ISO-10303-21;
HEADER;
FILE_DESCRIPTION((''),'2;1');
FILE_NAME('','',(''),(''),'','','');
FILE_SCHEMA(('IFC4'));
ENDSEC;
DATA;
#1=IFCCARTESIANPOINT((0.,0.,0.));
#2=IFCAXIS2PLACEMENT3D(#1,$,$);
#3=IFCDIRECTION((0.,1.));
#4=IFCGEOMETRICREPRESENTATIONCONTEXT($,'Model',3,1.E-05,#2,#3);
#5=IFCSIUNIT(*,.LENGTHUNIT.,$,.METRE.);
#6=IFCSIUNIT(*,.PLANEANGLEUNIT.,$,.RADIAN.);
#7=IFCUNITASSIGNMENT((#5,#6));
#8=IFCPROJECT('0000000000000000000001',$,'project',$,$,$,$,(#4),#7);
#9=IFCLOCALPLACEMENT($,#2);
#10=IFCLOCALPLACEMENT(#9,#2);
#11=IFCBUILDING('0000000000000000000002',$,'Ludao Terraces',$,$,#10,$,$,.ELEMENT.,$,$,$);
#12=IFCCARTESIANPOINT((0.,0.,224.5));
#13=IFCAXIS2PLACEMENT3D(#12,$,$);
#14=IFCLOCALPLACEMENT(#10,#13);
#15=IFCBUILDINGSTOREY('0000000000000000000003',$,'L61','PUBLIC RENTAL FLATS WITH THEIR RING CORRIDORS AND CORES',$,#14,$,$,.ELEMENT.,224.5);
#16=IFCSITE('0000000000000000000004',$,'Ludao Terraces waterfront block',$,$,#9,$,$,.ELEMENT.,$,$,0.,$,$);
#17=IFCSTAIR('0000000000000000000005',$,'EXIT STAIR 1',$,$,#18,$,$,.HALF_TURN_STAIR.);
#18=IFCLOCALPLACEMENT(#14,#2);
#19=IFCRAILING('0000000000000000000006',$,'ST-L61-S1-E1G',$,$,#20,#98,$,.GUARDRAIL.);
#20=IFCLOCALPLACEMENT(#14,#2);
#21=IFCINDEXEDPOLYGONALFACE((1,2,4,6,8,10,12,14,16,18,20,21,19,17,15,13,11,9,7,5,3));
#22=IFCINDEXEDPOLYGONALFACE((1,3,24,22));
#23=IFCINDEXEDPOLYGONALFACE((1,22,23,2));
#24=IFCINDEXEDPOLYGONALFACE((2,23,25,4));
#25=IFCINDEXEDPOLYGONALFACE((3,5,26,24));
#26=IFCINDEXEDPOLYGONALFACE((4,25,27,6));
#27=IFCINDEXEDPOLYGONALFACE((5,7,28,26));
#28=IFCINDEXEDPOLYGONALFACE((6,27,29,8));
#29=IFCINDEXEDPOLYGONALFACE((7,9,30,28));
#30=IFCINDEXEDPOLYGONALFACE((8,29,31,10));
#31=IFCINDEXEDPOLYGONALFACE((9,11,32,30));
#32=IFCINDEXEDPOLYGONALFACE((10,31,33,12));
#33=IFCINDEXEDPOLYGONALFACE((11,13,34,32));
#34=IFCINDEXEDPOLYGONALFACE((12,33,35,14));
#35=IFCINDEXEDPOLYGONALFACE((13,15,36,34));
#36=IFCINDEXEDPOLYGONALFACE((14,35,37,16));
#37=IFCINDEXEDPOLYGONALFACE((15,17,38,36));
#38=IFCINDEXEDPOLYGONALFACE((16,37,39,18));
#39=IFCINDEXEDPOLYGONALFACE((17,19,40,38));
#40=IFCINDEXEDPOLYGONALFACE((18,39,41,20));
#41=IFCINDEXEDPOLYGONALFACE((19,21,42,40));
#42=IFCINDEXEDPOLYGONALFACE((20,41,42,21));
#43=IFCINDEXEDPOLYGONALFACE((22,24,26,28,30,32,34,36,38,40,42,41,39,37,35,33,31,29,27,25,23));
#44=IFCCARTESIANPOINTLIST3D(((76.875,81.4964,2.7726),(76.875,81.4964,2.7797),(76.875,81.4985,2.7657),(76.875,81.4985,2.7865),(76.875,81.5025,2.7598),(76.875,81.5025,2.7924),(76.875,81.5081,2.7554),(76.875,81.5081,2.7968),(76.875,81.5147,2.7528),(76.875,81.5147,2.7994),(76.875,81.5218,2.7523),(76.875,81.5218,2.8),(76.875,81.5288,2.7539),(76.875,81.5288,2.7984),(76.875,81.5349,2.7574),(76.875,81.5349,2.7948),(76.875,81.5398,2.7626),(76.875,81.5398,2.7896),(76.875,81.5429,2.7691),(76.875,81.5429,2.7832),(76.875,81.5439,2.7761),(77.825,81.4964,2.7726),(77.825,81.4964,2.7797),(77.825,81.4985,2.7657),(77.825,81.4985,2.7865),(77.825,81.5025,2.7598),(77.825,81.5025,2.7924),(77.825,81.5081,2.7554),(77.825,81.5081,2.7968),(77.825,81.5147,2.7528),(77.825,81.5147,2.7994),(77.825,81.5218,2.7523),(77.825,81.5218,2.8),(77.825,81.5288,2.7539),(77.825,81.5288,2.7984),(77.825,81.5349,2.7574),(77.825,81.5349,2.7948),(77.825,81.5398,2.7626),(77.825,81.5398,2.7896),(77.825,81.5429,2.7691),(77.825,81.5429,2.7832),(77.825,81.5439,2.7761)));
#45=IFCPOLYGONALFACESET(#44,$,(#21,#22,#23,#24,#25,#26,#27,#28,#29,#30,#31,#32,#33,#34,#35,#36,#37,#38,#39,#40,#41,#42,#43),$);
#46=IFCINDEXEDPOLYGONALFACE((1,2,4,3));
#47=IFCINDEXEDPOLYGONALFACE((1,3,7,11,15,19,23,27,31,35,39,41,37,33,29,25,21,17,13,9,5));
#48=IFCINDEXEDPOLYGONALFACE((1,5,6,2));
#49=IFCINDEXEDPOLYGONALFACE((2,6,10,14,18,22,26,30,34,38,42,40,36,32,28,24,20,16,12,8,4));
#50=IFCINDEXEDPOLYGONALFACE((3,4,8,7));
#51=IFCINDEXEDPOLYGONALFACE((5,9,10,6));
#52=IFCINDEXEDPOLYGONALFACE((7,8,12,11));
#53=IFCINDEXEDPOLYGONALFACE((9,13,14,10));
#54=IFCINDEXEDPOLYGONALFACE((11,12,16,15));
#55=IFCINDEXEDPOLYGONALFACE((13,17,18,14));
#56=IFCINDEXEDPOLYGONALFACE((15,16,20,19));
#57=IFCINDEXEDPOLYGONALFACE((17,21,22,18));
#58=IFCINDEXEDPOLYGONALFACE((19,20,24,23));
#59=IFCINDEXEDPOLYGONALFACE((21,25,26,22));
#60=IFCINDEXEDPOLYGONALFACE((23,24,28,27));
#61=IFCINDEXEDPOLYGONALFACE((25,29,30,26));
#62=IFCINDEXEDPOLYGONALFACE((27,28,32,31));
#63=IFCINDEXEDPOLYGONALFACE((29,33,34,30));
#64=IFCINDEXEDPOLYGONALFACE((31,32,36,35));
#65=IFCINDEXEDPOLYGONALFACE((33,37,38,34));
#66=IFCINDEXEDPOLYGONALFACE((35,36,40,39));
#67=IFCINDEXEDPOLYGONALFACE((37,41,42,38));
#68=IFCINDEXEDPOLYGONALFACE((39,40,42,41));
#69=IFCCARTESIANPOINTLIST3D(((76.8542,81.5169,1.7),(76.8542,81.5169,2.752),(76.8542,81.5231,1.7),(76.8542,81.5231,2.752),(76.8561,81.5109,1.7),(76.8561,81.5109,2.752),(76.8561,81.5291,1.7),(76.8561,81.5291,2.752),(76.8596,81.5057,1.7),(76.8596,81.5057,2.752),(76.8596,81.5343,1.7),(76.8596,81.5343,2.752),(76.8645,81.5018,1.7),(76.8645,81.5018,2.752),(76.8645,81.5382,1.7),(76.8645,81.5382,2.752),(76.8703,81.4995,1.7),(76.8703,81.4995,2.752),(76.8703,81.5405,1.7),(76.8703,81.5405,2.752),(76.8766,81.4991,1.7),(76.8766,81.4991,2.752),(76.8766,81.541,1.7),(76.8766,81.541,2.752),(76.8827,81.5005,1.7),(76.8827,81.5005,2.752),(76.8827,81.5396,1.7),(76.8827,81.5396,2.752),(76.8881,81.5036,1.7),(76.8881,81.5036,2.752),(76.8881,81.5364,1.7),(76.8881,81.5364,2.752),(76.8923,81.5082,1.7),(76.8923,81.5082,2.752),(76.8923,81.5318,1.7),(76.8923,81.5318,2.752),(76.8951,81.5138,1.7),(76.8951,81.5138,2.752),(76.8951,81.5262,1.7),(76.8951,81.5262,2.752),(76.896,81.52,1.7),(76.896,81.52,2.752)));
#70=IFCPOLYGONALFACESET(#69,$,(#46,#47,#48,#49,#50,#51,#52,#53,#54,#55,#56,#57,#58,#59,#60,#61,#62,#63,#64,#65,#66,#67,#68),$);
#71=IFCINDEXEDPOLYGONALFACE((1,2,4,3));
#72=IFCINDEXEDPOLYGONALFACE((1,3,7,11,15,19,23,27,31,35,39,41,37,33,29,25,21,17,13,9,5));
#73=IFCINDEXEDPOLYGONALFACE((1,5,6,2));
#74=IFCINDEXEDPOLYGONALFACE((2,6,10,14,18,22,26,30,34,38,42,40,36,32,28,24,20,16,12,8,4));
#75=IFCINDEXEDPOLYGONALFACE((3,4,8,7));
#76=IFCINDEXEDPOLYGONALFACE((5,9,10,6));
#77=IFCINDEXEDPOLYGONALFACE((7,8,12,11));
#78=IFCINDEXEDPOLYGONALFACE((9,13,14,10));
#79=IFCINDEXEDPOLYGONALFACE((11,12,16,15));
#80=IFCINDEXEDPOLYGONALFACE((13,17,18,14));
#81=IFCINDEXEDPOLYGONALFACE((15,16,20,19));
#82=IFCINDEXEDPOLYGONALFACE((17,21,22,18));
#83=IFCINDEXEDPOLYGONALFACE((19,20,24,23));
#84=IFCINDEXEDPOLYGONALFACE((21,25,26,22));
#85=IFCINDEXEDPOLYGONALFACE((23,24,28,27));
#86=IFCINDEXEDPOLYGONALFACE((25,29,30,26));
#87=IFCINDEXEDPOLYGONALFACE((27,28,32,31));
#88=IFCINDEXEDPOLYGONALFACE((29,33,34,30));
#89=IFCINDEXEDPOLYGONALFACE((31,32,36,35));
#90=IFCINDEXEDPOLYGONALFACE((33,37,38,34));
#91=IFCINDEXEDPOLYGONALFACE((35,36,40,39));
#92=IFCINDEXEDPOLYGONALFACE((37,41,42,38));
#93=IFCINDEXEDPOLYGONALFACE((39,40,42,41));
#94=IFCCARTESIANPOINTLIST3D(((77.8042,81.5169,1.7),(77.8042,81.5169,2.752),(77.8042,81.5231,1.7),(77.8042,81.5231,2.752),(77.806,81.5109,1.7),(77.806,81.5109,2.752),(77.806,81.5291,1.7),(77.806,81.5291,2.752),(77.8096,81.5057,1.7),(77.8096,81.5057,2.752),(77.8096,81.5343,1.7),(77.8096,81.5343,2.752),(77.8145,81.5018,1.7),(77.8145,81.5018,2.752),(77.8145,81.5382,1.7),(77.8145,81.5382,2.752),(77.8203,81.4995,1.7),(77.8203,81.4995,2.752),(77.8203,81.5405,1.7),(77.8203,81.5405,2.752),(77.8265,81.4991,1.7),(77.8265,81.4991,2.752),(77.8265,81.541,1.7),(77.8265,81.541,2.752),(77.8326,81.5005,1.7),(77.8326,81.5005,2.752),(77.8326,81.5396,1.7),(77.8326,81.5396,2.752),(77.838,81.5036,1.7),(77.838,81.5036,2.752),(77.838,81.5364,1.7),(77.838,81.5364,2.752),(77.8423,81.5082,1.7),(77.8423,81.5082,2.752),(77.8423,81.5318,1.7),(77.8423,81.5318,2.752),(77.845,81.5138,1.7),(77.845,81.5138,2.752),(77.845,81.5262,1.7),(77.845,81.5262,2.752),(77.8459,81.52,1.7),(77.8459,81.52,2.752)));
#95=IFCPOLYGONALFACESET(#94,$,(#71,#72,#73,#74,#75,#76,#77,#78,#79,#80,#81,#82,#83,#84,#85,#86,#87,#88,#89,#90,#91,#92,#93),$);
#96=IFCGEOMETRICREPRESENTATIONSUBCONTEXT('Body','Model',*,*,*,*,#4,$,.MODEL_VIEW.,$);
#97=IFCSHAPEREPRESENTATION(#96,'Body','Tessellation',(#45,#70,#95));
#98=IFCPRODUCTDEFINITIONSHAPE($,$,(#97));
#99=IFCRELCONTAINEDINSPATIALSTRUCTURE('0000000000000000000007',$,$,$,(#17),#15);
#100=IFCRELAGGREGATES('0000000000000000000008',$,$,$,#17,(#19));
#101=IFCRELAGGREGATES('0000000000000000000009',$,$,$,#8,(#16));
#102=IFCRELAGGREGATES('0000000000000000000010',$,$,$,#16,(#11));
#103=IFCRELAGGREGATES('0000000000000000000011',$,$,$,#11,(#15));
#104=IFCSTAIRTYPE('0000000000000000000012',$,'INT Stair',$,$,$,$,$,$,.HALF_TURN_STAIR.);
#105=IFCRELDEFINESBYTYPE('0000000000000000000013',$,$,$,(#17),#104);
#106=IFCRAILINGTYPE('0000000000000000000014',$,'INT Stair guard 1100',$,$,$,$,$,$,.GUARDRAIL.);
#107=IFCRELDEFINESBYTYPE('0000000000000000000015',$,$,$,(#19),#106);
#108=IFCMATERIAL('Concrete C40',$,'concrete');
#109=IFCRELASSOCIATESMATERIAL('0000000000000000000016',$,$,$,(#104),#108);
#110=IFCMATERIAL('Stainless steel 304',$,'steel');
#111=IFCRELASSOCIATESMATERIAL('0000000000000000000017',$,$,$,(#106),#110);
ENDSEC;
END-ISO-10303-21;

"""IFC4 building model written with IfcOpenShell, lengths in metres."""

from ifc_helpers import new_model, si_unit, direction, frame, origin, origin_2d, place, context, subcontext, project, spatial, circle, extrude, material, type_object, element, aggregate, save


model = new_model("IFC4")

# Units and contexts
model_context = context("Model", 3, precision=1e-05, world=origin(), true_north=direction((0.0, 1.0)))
body_context = subcontext(model_context, "Body", "Model", "MODEL_VIEW")
ifc_project = project(units=[si_unit("LENGTHUNIT", "METRE"), si_unit("PLANEANGLEUNIT", "RADIAN")], contexts=[model_context])

# Site, building, storey
site_placement = place(None, origin())
site = spatial("IfcSite", under=ifc_project, at=site_placement, Name="Ludao Terraces waterfront block", CompositionType="ELEMENT", RefElevation=0.0)
building_placement = place(site_placement, origin())
building = spatial("IfcBuilding", under=site, at=building_placement, Name="Ludao Terraces", CompositionType="ELEMENT")
storey_placement = place(building_placement, frame((0.0, 0.0, 224.5)))
storey = spatial("IfcBuildingStorey", under=building, at=storey_placement, Name="L61", Description="PUBLIC RENTAL FLATS WITH THEIR RING CORRIDORS AND CORES", CompositionType="ELEMENT", Elevation=224.5)

# Shared definitions
ifc_material_1 = material(Name="Concrete C40", Category="concrete")

# Stair, railing
stair_type = type_object("IfcStairType", Name="INT Stair", PredefinedType="HALF_TURN_STAIR", material=ifc_material_1)
stair_placement = place(storey_placement, origin())
stair = element("IfcStair", 1, at=stair_placement, inside=storey, type_object=stair_type, Name="EXIT STAIR 1", PredefinedType="HALF_TURN_STAIR")
ifc_material_2 = material(Name="Stainless steel 304", Category="steel")
railing_type_1 = type_object("IfcRailingType", Name="INT Stair guard 1100", PredefinedType="GUARDRAIL", material=ifc_material_2)
railing_1_placement = place(storey_placement, frame((76.875, 81.52, 1.7)))
railing_1 = element("IfcRailing", 2, at=railing_1_placement, type_object=railing_type_1, Name="ST-L61-S1-E1G", PredefinedType="GUARDRAIL", context=body_context, shape_type="SweptSolid", body=[
    extrude(circle(Radius=0.0239, at=origin_2d()), frame((0.0, 0.0, 1.0762), z_axis=(1.0, 0.0, 0.0), x_axis=(0.0, 1.0, 0.0)), (0.0, 0.0, 1.0), 0.95),
    extrude(circle(Radius=0.021, at=origin_2d()), origin(), (0.0, 0.0, 1.0), 1.052),
    extrude(circle(Radius=0.021, at=origin_2d()), frame((0.95, 0.0, 0.0)), (0.0, 0.0, 1.0), 1.052),
])
aggregate(stair, [railing_1])

save(model, "model.ifc")
